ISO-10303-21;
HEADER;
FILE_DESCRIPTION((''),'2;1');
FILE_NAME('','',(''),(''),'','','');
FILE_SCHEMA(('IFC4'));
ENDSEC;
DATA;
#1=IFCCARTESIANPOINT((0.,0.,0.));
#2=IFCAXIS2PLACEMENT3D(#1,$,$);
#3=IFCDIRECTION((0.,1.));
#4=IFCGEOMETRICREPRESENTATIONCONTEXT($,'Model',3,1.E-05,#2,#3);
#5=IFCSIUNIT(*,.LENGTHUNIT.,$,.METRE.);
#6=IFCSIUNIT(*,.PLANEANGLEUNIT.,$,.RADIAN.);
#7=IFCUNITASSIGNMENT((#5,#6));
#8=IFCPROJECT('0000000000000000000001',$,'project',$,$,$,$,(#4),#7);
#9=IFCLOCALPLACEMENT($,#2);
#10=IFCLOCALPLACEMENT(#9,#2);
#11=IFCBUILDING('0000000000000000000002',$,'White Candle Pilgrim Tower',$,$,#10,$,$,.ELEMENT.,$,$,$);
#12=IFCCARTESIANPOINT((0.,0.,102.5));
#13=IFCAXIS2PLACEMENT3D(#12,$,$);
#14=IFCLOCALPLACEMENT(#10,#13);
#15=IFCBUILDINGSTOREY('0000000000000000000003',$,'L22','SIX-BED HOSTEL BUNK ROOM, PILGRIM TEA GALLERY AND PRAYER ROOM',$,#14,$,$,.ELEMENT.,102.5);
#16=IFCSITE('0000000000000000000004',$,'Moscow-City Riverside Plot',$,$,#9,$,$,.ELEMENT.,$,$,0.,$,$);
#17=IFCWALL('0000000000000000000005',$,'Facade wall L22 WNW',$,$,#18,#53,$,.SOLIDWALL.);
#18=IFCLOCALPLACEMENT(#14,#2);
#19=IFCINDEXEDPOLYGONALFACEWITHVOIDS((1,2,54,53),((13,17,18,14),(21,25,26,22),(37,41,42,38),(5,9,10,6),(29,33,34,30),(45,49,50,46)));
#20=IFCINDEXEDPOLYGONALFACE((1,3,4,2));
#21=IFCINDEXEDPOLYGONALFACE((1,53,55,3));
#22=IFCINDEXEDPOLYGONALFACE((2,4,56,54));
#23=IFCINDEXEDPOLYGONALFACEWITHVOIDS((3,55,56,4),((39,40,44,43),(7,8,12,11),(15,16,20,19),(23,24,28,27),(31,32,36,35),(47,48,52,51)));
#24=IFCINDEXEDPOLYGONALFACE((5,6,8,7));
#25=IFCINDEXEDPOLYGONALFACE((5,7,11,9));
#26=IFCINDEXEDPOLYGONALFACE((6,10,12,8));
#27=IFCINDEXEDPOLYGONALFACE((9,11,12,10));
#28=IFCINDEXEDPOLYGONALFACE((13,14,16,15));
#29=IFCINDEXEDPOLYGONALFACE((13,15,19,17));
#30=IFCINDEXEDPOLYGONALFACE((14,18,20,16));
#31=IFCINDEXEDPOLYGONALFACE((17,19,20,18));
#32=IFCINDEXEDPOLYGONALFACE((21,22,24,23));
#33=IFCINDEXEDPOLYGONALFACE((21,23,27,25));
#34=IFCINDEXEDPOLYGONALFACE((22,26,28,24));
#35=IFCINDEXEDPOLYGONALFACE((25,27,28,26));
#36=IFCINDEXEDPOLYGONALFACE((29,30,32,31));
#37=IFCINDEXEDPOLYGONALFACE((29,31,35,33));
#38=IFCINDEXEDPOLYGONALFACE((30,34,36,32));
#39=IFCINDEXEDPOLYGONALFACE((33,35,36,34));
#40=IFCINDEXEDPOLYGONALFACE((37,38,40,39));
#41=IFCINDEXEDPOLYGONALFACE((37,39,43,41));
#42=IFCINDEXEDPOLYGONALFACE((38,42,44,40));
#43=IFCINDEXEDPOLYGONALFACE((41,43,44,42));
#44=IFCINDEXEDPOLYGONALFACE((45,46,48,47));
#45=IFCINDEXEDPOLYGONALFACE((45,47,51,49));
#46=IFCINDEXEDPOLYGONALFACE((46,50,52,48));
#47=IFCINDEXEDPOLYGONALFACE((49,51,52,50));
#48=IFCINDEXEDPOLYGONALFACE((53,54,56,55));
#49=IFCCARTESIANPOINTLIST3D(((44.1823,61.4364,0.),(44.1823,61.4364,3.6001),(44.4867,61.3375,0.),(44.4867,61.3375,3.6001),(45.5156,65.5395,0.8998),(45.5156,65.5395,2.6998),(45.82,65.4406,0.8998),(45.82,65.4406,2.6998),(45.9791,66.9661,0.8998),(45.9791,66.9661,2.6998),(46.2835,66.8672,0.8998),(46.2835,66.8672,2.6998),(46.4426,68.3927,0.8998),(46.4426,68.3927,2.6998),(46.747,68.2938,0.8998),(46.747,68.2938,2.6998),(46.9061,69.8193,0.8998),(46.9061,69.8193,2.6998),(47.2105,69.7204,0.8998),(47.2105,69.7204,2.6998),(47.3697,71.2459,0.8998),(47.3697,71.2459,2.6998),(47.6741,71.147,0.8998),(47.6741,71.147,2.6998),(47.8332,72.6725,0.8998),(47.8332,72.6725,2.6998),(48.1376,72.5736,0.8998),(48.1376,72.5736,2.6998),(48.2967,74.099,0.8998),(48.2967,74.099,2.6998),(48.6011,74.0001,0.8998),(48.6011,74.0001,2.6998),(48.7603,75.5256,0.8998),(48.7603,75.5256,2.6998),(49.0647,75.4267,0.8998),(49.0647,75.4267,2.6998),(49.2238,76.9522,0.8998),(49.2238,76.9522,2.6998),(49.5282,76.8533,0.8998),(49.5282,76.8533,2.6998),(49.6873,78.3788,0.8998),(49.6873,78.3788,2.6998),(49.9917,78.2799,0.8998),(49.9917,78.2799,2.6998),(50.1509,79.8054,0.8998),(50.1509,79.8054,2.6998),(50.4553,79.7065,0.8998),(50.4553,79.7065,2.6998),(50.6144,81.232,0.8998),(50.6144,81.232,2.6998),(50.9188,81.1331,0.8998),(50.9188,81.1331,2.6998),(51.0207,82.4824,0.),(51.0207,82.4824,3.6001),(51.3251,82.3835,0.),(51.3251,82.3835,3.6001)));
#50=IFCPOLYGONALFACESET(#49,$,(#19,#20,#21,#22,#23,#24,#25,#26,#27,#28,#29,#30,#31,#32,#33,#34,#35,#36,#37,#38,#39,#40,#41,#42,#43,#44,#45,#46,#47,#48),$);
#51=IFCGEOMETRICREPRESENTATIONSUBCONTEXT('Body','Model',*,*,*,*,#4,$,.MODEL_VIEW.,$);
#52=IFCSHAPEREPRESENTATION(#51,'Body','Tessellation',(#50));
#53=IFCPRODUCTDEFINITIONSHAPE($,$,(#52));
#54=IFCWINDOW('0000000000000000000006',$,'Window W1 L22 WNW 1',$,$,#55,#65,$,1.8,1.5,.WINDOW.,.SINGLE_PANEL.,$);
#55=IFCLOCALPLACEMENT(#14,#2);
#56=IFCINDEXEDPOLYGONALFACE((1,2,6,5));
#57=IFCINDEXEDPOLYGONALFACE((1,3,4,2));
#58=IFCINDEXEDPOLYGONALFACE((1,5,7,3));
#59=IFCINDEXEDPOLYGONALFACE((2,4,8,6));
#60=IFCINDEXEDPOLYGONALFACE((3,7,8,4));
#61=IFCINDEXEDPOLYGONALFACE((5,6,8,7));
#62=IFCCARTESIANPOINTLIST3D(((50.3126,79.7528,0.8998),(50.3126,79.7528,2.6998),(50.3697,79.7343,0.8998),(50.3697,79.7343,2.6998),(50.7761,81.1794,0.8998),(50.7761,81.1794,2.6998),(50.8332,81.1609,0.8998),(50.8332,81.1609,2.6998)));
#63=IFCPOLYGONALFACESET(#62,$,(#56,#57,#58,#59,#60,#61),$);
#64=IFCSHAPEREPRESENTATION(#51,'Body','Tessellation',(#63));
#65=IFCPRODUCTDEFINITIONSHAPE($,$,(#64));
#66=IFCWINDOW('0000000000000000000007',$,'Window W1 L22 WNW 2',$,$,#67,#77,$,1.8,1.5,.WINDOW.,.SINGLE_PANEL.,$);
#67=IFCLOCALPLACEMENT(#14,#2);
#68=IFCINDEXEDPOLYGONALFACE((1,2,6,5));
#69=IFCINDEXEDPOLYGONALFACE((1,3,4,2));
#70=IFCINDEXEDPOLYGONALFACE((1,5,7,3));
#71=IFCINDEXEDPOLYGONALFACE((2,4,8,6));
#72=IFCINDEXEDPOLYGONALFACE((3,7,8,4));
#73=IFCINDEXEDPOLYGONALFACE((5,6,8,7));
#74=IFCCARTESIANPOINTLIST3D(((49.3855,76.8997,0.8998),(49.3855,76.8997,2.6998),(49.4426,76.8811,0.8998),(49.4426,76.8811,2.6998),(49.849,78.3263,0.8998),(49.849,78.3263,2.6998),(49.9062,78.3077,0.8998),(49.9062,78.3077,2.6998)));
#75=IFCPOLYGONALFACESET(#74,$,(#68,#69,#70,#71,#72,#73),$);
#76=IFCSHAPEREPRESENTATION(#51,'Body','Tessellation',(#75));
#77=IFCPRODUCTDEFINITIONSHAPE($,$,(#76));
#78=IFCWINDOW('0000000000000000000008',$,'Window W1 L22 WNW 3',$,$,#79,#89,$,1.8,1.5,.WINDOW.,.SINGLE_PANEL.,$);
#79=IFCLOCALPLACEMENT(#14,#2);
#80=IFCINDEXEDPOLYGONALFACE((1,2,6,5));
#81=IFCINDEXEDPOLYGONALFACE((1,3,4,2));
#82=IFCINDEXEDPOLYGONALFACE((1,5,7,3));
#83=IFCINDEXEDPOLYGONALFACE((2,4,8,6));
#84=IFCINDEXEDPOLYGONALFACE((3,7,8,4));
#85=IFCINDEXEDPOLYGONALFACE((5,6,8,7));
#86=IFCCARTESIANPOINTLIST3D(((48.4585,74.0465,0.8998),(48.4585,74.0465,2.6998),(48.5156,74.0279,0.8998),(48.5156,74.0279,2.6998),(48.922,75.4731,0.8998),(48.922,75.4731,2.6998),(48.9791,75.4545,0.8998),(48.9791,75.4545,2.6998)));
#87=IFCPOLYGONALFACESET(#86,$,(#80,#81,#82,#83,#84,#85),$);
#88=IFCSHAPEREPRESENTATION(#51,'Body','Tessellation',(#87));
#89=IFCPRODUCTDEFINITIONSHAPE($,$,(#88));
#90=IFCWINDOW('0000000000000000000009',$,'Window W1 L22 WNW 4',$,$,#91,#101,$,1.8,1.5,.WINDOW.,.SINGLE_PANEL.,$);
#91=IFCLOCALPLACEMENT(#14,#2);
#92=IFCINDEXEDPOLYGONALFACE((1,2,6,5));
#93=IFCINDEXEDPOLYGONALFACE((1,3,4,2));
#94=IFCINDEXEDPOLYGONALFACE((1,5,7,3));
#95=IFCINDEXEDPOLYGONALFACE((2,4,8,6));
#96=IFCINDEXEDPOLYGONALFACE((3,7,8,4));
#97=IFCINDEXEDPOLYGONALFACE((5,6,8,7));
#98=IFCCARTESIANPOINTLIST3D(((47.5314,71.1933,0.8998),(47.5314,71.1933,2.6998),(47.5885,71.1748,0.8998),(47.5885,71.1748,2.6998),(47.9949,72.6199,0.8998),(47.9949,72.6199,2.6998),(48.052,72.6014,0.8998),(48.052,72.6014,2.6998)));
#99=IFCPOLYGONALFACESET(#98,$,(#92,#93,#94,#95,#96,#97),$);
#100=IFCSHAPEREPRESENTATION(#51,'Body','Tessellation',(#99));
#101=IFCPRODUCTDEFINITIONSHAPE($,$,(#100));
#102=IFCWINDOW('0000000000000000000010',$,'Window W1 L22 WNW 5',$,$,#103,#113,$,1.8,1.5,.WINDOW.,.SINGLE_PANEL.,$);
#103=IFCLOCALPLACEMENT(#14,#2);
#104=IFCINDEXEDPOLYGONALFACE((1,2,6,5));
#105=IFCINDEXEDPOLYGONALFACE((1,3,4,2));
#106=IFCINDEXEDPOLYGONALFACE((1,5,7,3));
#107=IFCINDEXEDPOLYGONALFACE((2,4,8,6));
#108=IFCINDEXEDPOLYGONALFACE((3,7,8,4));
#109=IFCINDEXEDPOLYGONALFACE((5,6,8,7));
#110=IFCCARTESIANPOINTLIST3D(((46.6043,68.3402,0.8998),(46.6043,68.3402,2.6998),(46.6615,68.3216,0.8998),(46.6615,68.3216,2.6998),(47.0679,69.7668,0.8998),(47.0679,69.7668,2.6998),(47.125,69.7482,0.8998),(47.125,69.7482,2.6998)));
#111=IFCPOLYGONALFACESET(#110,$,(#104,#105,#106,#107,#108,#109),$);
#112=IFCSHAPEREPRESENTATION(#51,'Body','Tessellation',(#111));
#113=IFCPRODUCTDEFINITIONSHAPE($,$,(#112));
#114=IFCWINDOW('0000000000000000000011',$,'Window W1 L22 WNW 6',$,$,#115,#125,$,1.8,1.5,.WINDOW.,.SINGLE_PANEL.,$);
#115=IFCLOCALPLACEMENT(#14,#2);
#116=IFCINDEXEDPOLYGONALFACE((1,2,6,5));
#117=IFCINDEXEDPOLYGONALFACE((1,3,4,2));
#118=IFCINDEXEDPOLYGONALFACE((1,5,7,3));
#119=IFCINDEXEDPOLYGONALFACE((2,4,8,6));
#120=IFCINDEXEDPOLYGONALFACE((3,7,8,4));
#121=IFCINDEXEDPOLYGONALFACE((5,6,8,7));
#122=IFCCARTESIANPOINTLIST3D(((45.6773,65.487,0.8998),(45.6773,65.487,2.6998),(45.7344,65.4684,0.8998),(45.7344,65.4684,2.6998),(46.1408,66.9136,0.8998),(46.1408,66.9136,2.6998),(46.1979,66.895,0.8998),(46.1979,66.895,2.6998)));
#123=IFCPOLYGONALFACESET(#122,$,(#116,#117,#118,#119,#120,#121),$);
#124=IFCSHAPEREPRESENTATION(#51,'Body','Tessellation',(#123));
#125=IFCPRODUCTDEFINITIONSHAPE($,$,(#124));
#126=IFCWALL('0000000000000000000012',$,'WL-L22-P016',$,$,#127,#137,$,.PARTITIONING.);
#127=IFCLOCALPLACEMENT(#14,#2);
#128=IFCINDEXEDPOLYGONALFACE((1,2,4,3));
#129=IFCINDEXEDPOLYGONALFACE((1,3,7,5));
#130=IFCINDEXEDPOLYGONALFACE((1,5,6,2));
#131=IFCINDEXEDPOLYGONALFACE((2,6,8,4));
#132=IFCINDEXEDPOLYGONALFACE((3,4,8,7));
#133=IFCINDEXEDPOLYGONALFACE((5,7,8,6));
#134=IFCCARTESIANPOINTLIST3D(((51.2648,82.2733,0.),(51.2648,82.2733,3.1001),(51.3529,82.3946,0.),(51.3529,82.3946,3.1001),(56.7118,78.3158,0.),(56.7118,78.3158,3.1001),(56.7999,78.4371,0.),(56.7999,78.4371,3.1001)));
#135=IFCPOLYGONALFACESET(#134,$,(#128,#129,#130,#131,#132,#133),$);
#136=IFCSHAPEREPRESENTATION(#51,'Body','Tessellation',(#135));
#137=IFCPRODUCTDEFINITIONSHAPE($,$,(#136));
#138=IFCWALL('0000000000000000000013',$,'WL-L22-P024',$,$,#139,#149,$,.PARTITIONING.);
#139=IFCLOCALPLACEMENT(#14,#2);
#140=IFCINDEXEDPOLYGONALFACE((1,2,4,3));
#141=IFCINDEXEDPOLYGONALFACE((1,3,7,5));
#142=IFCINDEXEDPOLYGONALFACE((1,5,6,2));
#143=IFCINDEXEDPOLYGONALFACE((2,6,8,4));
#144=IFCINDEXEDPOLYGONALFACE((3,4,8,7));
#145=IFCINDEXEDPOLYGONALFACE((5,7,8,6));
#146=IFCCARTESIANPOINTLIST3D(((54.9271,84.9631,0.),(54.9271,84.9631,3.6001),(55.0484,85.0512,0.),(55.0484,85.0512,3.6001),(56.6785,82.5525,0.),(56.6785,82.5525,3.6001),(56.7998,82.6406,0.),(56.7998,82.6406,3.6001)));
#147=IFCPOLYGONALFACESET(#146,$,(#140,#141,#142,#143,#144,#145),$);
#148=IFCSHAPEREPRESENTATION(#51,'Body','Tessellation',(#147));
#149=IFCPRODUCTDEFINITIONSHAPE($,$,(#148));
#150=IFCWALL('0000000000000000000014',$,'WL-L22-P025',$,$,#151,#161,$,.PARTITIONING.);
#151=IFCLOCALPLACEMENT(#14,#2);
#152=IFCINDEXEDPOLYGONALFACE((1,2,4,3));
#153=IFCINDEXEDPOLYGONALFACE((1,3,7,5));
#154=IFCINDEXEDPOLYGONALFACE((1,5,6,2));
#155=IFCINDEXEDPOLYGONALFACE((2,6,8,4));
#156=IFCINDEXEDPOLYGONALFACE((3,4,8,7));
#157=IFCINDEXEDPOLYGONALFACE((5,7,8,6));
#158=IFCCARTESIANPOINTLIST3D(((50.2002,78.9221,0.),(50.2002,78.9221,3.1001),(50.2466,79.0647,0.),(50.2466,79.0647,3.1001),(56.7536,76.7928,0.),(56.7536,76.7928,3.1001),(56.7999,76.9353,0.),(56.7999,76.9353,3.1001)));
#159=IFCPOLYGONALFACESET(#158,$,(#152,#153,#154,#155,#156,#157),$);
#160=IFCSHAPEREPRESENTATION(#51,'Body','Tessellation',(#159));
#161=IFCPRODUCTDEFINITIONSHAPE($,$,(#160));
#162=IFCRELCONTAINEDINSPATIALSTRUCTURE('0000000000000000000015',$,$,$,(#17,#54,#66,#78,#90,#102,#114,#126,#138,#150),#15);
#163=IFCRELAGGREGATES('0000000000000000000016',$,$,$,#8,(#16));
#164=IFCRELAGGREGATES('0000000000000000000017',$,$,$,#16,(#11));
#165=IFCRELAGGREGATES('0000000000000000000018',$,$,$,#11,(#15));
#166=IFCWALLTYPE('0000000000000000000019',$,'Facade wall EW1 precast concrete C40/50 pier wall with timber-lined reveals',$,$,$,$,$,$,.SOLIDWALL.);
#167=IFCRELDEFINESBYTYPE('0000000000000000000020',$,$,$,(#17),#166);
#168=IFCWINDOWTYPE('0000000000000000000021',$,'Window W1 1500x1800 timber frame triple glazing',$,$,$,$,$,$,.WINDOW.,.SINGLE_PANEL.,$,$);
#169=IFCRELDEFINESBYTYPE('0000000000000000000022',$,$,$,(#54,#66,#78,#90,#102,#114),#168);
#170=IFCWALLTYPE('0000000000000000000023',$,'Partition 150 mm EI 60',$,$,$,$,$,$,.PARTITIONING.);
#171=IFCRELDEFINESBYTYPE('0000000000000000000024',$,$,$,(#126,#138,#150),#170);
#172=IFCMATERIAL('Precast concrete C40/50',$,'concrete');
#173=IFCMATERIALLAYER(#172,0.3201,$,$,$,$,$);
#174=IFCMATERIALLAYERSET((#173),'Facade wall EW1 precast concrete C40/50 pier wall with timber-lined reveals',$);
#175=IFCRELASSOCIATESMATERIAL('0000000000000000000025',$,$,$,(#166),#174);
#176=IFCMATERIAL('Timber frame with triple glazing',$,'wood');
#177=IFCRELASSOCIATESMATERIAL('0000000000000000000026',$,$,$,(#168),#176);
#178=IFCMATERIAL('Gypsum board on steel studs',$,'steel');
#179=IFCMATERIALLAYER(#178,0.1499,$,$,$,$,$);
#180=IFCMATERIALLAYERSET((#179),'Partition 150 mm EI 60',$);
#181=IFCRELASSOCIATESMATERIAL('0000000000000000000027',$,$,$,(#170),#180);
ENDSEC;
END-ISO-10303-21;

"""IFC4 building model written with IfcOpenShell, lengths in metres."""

from ifc_helpers import new_model, si_unit, direction, frame, frame_2d, origin, place, context, subcontext, project, spatial, rectangle, extrude, material, layer, layer_set, type_object, element, fill, save


model = new_model("IFC4")

# Units and contexts
model_context = context("Model", 3, precision=1e-05, world=origin(), true_north=direction((0.0, 1.0)))
body_context = subcontext(model_context, "Body", "Model", "MODEL_VIEW")
ifc_project = project(units=[si_unit("LENGTHUNIT", "METRE"), si_unit("PLANEANGLEUNIT", "RADIAN")], contexts=[model_context])

# Site, building, storey
site_placement = place(None, origin())
site = spatial("IfcSite", under=ifc_project, at=site_placement, Name="Moscow-City Riverside Plot", CompositionType="ELEMENT", RefElevation=0.0)
building_placement = place(site_placement, origin())
building = spatial("IfcBuilding", under=site, at=building_placement, Name="White Candle Pilgrim Tower", CompositionType="ELEMENT")
storey_placement = place(building_placement, frame((0.0, 0.0, 102.5)))
storey = spatial("IfcBuildingStorey", under=building, at=storey_placement, Name="L22", Description="SIX-BED HOSTEL BUNK ROOM, PILGRIM TEA GALLERY AND PRAYER ROOM", CompositionType="ELEMENT", Elevation=102.5)

# Wall, openings, windows
ifc_material_1 = material(Name="Precast concrete C40/50", Category="concrete")
ifc_layer_1 = layer(ifc_material_1, 0.3201)
ifc_layer_set_1 = layer_set([ifc_layer_1], Name="Facade wall EW1 precast concrete C40/50 pier wall with timber-lined reveals")
wall_type_1 = type_object("IfcWallType", Name="Facade wall EW1 precast concrete C40/50 pier wall with timber-lined reveals", PredefinedType="SOLIDWALL", material=ifc_layer_set_1)
ifc_material_2 = material(Name="Timber frame with triple glazing", Category="wood")
wall_1_placement = place(storey_placement, frame((51.1729, 82.4329, 0.0), z_axis=(0.0, 0.0, 1.0), x_axis=(-0.30902, -0.951056, 0.0)))
wall_1 = element("IfcWall", 1, at=wall_1_placement, inside=storey, type_object=wall_type_1, Name="Facade wall L22 WNW", PredefinedType="SOLIDWALL", context=body_context, shape_type="SweptSolid", body=[
    extrude(rectangle(XDim=22.1292, YDim=0.3201, at=frame_2d((11.0645, 0.0))), origin(), (0.0, 0.0, 1.0), 3.6001),
])
opening_1_placement = place(wall_1_placement, frame((1.3147, 0.0, 0.8999)))
opening_1 = element("IfcOpeningElement", 2, at=opening_1_placement, cuts=wall_1, PredefinedType="OPENING", context=body_context, shape_type="SweptSolid", body=[
    extrude(rectangle(XDim=1.5, YDim=1.8, at=frame_2d((0.75, 0.8999))), frame((0.0, 0.1699, 0.0), z_axis=(0.0, -1.0, 0.0), x_axis=(1.0, 0.0, 0.0)), (0.0, 0.0, 1.0), 0.3401),
])
opening_2_placement = place(wall_1_placement, frame((4.3147, 0.0, 0.8999)))
opening_2 = element("IfcOpeningElement", 3, at=opening_2_placement, cuts=wall_1, PredefinedType="OPENING", context=body_context, shape_type="SweptSolid", body=[
    extrude(rectangle(XDim=1.5, YDim=1.8, at=frame_2d((0.75, 0.8999))), frame((0.0, 0.1699, 0.0), z_axis=(0.0, -1.0, 0.0), x_axis=(1.0, 0.0, 0.0)), (0.0, 0.0, 1.0), 0.3401),
])
opening_3_placement = place(wall_1_placement, frame((7.3147, 0.0, 0.8999)))
opening_3 = element("IfcOpeningElement", 4, at=opening_3_placement, cuts=wall_1, PredefinedType="OPENING", context=body_context, shape_type="SweptSolid", body=[
    extrude(rectangle(XDim=1.5, YDim=1.8, at=frame_2d((0.75, 0.8999))), frame((0.0, 0.1699, 0.0), z_axis=(0.0, -1.0, 0.0), x_axis=(1.0, 0.0, 0.0)), (0.0, 0.0, 1.0), 0.3401),
])
opening_4_placement = place(wall_1_placement, frame((10.3147, 0.0, 0.8999)))
opening_4 = element("IfcOpeningElement", 5, at=opening_4_placement, cuts=wall_1, PredefinedType="OPENING", context=body_context, shape_type="SweptSolid", body=[
    extrude(rectangle(XDim=1.5, YDim=1.8, at=frame_2d((0.75, 0.8999))), frame((0.0, 0.1699, 0.0), z_axis=(0.0, -1.0, 0.0), x_axis=(1.0, 0.0, 0.0)), (0.0, 0.0, 1.0), 0.3401),
])
opening_5_placement = place(wall_1_placement, frame((13.3147, 0.0, 0.8999)))
opening_5 = element("IfcOpeningElement", 6, at=opening_5_placement, cuts=wall_1, PredefinedType="OPENING", context=body_context, shape_type="SweptSolid", body=[
    extrude(rectangle(XDim=1.5, YDim=1.8, at=frame_2d((0.75, 0.8999))), frame((0.0, 0.1699, 0.0), z_axis=(0.0, -1.0, 0.0), x_axis=(1.0, 0.0, 0.0)), (0.0, 0.0, 1.0), 0.3401),
])
opening_6_placement = place(wall_1_placement, frame((16.3147, 0.0, 0.8999)))
opening_6 = element("IfcOpeningElement", 7, at=opening_6_placement, cuts=wall_1, PredefinedType="OPENING", context=body_context, shape_type="SweptSolid", body=[
    extrude(rectangle(XDim=1.5, YDim=1.8, at=frame_2d((0.75, 0.8999))), frame((0.0, 0.1699, 0.0), z_axis=(0.0, -1.0, 0.0), x_axis=(1.0, 0.0, 0.0)), (0.0, 0.0, 1.0), 0.3401),
])
window_type_1 = type_object("IfcWindowType", Name="Window W1 1500x1800 timber frame triple glazing", PartitioningType="SINGLE_PANEL", PredefinedType="WINDOW", material=ifc_material_2)
window_1_placement = place(opening_1_placement, origin())
window_1 = element("IfcWindow", 8, at=window_1_placement, inside=storey, type_object=window_type_1, Name="Window W1 L22 WNW 1", OverallHeight=1.8, OverallWidth=1.5, PartitioningType="SINGLE_PANEL", PredefinedType="WINDOW", context=body_context, shape_type="SweptSolid", body=[
    extrude(rectangle(XDim=1.5, YDim=1.8, at=frame_2d((0.75, 0.8999))), frame((0.0, 0.0701, 0.0), z_axis=(0.0, -1.0, 0.0), x_axis=(1.0, 0.0, 0.0)), (0.0, 0.0, 1.0), 0.0601),
])
fill(opening_1, window_1)
window_2_placement = place(opening_2_placement, origin())
window_2 = element("IfcWindow", 9, at=window_2_placement, inside=storey, type_object=window_type_1, Name="Window W1 L22 WNW 2", OverallHeight=1.8, OverallWidth=1.5, PartitioningType="SINGLE_PANEL", PredefinedType="WINDOW", context=body_context, shape_type="SweptSolid", body=[
    extrude(rectangle(XDim=1.5, YDim=1.8, at=frame_2d((0.75, 0.8999))), frame((0.0, 0.0701, 0.0), z_axis=(0.0, -1.0, 0.0), x_axis=(1.0, 0.0, 0.0)), (0.0, 0.0, 1.0), 0.0601),
])
fill(opening_2, window_2)
window_3_placement = place(opening_3_placement, origin())
window_3 = element("IfcWindow", 10, at=window_3_placement, inside=storey, type_object=window_type_1, Name="Window W1 L22 WNW 3", OverallHeight=1.8, OverallWidth=1.5, PartitioningType="SINGLE_PANEL", PredefinedType="WINDOW", context=body_context, shape_type="SweptSolid", body=[
    extrude(rectangle(XDim=1.5, YDim=1.8, at=frame_2d((0.75, 0.8999))), frame((0.0, 0.0701, 0.0), z_axis=(0.0, -1.0, 0.0), x_axis=(1.0, 0.0, 0.0)), (0.0, 0.0, 1.0), 0.0601),
])
fill(opening_3, window_3)
window_4_placement = place(opening_4_placement, origin())
window_4 = element("IfcWindow", 11, at=window_4_placement, inside=storey, type_object=window_type_1, Name="Window W1 L22 WNW 4", OverallHeight=1.8, OverallWidth=1.5, PartitioningType="SINGLE_PANEL", PredefinedType="WINDOW", context=body_context, shape_type="SweptSolid", body=[
    extrude(rectangle(XDim=1.5, YDim=1.8, at=frame_2d((0.75, 0.8999))), frame((0.0, 0.0701, 0.0), z_axis=(0.0, -1.0, 0.0), x_axis=(1.0, 0.0, 0.0)), (0.0, 0.0, 1.0), 0.0601),
])
fill(opening_4, window_4)
window_5_placement = place(opening_5_placement, origin())
window_5 = element("IfcWindow", 12, at=window_5_placement, inside=storey, type_object=window_type_1, Name="Window W1 L22 WNW 5", OverallHeight=1.8, OverallWidth=1.5, PartitioningType="SINGLE_PANEL", PredefinedType="WINDOW", context=body_context, shape_type="SweptSolid", body=[
    extrude(rectangle(XDim=1.5, YDim=1.8, at=frame_2d((0.75, 0.8999))), frame((0.0, 0.0701, 0.0), z_axis=(0.0, -1.0, 0.0), x_axis=(1.0, 0.0, 0.0)), (0.0, 0.0, 1.0), 0.0601),
])
fill(opening_5, window_5)
window_6_placement = place(opening_6_placement, origin())
window_6 = element("IfcWindow", 13, at=window_6_placement, inside=storey, type_object=window_type_1, Name="Window W1 L22 WNW 6", OverallHeight=1.8, OverallWidth=1.5, PartitioningType="SINGLE_PANEL", PredefinedType="WINDOW", context=body_context, shape_type="SweptSolid", body=[
    extrude(rectangle(XDim=1.5, YDim=1.8, at=frame_2d((0.75, 0.8999))), frame((0.0, 0.0701, 0.0), z_axis=(0.0, -1.0, 0.0), x_axis=(1.0, 0.0, 0.0)), (0.0, 0.0, 1.0), 0.0601),
])
fill(opening_6, window_6)

# Walls
ifc_material_3 = material(Name="Gypsum board on steel studs", Category="steel")
ifc_layer_2 = layer(ifc_material_3, 0.1499)
ifc_layer_set_2 = layer_set([ifc_layer_2], Name="Partition 150 mm EI 60")
wall_type_2 = type_object("IfcWallType", Name="Partition 150 mm EI 60", PredefinedType="PARTITIONING", material=ifc_layer_set_2)
wall_2_placement = place(storey_placement, frame((51.3088, 82.334, 0.0), z_axis=(0.0, 0.0, 1.0), x_axis=(0.809015, -0.587788, 0.0)))
element("IfcWall", 14, at=wall_2_placement, inside=storey, type_object=wall_type_2, Name="WL-L22-P016", PredefinedType="PARTITIONING", context=body_context, shape_type="SweptSolid", body=[
    extrude(rectangle(XDim=6.7329, YDim=0.1499, at=frame_2d((3.3665, 0.0))), origin(), (0.0, 0.0, 1.0), 3.1001),
])
wall_3_placement = place(storey_placement, frame((54.9878, 85.0071, 0.0), z_axis=(0.0, 0.0, 1.0), x_axis=(0.587792, -0.809012, 0.0)))
element("IfcWall", 15, at=wall_3_placement, inside=storey, type_object=wall_type_2, Name="WL-L22-P024", PredefinedType="PARTITIONING", context=body_context, shape_type="SweptSolid", body=[
    extrude(rectangle(XDim=2.9797, YDim=0.1499, at=frame_2d((1.4897, 0.0))), origin(), (0.0, 0.0, 1.0), 3.6001),
])
wall_4_placement = place(storey_placement, frame((50.2234, 78.9934, 0.0), z_axis=(0.0, 0.0, 1.0), x_axis=(0.951055, -0.309023, 0.0)))
element("IfcWall", 16, at=wall_4_placement, inside=storey, type_object=wall_type_2, Name="WL-L22-P025", PredefinedType="PARTITIONING", context=body_context, shape_type="SweptSolid", body=[
    extrude(rectangle(XDim=6.8906, YDim=0.1499, at=frame_2d((3.4453, 0.0))), origin(), (0.0, 0.0, 1.0), 3.1001),
])

save(model, "model.ifc")
